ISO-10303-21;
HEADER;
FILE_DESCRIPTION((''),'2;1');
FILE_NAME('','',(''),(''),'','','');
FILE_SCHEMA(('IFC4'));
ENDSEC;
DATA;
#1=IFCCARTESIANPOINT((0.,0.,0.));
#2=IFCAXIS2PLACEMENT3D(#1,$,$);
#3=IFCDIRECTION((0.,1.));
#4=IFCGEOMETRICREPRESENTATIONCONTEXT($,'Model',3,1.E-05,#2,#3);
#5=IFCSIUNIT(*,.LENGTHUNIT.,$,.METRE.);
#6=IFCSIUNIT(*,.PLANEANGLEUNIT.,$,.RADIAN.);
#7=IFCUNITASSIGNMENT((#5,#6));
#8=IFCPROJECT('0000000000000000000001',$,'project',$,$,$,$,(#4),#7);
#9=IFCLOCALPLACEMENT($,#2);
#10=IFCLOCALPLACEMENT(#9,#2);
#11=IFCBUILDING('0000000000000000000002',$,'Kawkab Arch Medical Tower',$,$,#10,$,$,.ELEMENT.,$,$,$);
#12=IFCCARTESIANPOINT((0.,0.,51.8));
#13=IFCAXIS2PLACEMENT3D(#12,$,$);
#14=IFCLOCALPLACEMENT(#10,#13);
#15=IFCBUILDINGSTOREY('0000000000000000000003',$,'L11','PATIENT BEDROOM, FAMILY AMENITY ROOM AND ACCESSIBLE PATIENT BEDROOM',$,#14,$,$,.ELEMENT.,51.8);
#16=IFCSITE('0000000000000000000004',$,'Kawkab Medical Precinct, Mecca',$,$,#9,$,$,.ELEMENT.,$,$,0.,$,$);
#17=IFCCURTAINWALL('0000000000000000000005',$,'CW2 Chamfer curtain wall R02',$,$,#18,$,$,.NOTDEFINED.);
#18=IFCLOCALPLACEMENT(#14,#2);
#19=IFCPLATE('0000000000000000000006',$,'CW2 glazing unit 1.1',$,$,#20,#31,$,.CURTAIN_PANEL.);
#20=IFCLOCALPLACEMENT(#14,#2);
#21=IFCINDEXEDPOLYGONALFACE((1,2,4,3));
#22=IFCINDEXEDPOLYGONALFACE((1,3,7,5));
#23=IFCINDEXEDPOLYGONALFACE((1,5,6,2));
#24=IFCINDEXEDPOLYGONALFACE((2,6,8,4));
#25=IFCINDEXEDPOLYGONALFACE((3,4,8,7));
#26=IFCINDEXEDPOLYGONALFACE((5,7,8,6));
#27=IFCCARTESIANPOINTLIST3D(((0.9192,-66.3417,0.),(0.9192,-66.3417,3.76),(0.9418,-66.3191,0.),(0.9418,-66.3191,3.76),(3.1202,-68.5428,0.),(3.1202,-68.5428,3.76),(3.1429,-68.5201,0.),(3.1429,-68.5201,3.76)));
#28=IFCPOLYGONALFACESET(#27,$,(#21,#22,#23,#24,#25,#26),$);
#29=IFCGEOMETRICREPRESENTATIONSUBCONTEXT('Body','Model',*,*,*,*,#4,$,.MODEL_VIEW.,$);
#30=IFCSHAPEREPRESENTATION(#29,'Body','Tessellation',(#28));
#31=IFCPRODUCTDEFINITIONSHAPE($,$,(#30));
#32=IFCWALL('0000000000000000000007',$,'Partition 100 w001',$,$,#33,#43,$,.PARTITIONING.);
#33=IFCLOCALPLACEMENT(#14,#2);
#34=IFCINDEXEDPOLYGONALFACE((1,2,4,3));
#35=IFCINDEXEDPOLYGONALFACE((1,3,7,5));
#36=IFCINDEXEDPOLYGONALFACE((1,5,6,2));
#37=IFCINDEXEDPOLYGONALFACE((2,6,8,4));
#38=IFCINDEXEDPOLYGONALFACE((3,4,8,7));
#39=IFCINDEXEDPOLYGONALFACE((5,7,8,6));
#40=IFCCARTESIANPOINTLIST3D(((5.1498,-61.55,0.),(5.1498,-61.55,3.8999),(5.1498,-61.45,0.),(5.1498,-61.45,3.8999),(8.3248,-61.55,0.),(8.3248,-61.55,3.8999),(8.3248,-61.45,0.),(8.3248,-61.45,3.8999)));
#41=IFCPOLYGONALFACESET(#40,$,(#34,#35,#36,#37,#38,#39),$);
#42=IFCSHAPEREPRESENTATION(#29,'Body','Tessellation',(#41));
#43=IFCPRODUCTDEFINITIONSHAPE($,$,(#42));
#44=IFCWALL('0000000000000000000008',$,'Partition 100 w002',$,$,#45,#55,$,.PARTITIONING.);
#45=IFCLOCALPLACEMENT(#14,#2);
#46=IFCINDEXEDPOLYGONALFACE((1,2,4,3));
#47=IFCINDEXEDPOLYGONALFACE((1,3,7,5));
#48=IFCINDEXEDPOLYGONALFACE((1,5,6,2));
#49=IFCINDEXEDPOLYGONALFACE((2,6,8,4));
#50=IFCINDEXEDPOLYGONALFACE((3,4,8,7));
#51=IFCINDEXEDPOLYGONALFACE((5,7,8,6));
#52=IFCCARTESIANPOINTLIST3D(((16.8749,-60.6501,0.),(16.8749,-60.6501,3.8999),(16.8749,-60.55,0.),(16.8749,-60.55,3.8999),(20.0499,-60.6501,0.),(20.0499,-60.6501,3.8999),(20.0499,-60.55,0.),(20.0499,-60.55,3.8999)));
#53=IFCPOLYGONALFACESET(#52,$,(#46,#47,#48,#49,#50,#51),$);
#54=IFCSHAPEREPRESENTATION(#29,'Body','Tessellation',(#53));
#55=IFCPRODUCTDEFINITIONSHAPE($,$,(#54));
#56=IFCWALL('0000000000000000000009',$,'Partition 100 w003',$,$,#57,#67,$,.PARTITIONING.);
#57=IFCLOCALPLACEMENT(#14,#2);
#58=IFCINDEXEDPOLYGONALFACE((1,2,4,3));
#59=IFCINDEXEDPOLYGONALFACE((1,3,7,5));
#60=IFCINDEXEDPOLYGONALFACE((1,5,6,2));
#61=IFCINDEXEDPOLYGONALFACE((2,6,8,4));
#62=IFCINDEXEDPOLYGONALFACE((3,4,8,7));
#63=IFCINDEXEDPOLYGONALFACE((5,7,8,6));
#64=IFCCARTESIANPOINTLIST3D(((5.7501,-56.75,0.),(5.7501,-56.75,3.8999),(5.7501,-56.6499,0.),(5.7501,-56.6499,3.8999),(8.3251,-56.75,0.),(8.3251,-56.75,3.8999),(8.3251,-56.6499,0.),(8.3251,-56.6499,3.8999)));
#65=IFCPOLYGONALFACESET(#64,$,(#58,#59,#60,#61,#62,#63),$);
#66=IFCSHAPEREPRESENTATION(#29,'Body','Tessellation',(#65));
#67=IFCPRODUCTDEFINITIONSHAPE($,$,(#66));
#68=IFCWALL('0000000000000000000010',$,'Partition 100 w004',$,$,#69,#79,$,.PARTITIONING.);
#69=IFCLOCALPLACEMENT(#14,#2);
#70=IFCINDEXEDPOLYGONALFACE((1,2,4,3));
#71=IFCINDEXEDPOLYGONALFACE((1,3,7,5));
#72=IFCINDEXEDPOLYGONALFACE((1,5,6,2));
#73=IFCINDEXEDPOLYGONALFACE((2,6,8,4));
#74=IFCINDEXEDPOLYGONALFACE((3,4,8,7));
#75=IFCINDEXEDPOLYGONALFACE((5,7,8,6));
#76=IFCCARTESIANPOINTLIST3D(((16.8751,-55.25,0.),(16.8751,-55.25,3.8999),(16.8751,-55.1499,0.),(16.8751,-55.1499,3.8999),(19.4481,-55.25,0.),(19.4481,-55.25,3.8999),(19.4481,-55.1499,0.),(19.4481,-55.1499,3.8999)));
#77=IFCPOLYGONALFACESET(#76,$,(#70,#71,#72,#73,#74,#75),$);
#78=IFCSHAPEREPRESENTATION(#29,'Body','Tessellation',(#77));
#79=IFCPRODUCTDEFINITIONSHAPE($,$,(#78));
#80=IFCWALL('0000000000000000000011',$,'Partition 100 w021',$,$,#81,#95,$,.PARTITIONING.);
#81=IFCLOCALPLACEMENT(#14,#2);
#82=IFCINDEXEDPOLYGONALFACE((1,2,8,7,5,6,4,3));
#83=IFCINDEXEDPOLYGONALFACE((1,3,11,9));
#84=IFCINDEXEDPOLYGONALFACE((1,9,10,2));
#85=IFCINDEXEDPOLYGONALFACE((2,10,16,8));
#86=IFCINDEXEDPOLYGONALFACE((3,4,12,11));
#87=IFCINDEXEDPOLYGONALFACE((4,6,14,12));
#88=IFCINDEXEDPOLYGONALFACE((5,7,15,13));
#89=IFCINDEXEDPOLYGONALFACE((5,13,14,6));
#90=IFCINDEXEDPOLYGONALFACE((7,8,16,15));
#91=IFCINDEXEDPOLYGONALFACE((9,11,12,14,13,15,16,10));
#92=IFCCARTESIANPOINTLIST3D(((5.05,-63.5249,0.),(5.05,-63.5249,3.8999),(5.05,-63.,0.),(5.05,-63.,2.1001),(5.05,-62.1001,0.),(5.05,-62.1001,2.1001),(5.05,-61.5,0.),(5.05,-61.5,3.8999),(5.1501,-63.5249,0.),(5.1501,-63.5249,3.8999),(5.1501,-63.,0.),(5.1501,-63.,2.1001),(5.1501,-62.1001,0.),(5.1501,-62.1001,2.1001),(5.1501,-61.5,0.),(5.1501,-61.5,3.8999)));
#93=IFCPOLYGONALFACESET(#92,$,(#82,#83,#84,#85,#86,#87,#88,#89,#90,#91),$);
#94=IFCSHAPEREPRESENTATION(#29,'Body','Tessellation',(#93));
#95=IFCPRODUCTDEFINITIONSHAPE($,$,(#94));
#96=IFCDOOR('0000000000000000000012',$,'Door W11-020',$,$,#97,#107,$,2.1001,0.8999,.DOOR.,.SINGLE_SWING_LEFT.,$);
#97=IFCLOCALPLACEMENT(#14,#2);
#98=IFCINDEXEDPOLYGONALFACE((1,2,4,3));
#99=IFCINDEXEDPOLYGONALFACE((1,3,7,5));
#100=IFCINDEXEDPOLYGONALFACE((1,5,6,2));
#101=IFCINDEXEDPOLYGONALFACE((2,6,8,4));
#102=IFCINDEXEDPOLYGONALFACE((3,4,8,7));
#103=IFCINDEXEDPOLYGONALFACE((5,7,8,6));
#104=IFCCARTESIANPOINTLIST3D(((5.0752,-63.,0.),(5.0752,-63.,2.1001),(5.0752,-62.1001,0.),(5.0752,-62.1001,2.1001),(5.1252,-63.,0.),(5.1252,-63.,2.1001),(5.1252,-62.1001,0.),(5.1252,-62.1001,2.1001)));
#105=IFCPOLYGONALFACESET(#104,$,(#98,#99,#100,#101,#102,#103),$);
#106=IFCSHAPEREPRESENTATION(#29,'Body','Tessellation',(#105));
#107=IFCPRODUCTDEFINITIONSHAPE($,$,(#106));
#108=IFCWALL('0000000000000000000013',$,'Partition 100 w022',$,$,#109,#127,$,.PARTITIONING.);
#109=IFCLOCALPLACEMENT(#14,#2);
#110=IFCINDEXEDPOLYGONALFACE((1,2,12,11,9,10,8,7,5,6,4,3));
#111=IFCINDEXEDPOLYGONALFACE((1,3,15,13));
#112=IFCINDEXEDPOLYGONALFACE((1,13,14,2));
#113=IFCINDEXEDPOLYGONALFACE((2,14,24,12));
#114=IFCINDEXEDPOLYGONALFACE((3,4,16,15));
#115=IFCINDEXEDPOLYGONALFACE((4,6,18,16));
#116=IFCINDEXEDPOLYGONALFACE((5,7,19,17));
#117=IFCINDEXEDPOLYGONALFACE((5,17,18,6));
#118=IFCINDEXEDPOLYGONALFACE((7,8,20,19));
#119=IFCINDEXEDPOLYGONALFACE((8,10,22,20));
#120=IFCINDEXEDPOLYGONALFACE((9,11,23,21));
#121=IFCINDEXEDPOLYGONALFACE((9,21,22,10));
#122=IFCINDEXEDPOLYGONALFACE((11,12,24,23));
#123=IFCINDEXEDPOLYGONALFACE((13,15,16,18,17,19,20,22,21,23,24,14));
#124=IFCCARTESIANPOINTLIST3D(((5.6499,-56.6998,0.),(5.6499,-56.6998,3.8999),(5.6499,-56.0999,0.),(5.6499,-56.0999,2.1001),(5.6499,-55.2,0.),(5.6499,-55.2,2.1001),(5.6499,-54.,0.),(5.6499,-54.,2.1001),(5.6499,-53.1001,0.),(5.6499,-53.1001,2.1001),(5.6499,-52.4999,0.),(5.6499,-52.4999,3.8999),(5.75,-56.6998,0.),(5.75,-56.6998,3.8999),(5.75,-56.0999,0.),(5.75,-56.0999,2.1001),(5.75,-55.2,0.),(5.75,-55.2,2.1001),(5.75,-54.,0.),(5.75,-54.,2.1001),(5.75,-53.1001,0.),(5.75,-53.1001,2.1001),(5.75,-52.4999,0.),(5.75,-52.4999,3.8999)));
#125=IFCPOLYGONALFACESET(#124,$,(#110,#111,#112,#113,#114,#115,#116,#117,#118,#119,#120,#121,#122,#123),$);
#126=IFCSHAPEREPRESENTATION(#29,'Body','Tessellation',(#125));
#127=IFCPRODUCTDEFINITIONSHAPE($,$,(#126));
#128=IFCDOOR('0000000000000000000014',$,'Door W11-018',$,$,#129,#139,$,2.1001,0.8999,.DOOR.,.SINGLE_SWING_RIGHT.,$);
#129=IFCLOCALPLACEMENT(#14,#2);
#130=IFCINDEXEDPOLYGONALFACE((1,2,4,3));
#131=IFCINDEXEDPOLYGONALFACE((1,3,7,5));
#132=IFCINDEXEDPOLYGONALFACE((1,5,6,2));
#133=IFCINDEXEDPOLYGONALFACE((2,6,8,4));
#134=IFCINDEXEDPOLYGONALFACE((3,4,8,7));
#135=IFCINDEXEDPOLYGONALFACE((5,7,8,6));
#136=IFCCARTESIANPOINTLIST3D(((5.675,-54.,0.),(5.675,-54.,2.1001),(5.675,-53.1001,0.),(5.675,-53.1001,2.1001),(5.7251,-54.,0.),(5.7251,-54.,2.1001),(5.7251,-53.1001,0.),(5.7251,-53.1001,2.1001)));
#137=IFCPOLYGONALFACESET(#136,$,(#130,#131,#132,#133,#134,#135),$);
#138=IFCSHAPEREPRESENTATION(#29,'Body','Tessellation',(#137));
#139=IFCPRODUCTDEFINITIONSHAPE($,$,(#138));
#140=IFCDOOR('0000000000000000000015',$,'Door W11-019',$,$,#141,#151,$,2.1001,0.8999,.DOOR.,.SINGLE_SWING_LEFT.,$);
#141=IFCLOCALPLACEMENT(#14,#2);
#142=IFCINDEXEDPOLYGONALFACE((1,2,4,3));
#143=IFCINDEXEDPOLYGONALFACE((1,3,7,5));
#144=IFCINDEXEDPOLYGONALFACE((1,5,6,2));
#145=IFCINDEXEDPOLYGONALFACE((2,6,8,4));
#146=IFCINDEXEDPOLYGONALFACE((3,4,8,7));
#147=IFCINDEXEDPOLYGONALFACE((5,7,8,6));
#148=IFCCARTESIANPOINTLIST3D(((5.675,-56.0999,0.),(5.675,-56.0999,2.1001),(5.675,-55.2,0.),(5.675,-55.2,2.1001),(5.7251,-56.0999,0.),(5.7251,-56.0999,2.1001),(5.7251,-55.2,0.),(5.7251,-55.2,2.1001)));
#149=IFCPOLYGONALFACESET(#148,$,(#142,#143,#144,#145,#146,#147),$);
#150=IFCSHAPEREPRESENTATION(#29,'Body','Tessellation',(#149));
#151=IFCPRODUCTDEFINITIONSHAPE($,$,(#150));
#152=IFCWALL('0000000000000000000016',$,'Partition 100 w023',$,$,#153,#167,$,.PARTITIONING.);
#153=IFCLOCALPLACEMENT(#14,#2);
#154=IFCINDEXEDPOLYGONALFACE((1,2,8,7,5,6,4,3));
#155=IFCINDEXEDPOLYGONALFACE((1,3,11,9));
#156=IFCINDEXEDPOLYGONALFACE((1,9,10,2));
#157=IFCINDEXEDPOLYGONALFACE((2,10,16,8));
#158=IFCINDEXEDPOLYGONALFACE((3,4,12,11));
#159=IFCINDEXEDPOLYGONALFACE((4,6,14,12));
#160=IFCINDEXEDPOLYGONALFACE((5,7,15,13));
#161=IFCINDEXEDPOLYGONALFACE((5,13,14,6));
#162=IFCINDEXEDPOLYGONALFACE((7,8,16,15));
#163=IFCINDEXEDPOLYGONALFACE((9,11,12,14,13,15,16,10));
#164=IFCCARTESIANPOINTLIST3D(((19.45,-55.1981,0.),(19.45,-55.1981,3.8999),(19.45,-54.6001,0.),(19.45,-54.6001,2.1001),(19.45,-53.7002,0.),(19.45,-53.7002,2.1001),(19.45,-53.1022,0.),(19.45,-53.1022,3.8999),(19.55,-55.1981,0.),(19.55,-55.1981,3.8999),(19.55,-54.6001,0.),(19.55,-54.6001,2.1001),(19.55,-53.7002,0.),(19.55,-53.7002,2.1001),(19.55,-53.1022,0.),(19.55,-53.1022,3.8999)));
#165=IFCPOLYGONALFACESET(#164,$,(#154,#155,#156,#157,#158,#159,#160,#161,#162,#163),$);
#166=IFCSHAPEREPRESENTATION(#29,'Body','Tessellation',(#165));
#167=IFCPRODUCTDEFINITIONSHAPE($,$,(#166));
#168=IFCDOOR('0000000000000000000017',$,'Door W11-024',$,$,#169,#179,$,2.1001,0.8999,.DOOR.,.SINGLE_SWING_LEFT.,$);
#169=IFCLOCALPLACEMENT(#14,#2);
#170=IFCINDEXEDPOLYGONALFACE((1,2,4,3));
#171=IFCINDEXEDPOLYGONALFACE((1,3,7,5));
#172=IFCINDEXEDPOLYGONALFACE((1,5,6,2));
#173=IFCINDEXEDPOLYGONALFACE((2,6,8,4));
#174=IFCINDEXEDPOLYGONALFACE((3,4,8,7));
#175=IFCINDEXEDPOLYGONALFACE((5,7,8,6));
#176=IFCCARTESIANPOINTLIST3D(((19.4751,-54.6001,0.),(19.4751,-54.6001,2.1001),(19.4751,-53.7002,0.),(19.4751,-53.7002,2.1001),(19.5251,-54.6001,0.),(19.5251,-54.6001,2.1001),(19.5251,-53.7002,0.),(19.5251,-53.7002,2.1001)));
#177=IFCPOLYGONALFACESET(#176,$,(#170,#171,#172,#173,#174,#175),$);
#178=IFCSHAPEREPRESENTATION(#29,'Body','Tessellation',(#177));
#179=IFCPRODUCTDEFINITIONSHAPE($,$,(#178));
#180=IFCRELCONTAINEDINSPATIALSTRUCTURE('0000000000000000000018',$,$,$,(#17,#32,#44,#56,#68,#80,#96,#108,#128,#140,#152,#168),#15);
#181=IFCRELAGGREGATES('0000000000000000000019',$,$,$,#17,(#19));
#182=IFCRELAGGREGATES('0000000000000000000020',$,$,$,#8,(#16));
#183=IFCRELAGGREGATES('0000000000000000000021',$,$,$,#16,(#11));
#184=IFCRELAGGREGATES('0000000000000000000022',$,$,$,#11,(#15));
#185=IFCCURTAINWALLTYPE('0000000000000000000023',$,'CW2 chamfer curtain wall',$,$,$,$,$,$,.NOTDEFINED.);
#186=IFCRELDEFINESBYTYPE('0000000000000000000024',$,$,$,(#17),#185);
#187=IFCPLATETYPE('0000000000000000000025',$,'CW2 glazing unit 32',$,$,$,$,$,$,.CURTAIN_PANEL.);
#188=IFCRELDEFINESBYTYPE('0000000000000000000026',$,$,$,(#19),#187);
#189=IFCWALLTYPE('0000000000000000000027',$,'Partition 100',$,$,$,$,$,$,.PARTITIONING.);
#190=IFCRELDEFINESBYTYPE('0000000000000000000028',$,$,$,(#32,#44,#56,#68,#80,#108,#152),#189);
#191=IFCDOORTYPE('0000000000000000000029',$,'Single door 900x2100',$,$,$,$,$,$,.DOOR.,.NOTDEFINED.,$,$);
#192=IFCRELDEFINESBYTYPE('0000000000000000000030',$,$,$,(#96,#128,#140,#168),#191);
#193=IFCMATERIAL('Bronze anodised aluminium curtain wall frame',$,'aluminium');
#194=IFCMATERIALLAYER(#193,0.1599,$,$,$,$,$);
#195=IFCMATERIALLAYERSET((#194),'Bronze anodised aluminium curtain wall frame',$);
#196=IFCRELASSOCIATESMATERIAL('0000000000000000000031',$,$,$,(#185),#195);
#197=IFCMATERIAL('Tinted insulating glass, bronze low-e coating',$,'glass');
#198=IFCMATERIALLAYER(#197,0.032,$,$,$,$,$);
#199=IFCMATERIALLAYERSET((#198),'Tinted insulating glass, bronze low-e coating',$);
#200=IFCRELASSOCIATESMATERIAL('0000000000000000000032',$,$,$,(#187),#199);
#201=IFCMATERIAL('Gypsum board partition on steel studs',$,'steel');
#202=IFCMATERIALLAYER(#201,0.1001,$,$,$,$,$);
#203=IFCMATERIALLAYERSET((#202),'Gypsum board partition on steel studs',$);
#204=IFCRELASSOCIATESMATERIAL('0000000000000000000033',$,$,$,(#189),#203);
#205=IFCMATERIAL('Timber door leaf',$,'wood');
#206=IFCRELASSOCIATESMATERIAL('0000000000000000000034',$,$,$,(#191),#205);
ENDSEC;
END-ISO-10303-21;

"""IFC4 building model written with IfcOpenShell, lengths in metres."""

from ifc_helpers import new_model, si_unit, direction, frame, frame_2d, origin, origin_2d, place, context, subcontext, project, spatial, rectangle, extrude, material, layer, layer_set, type_object, element, fill, aggregate, save


model = new_model("IFC4")

# Units and contexts
model_context = context("Model", 3, precision=1e-05, world=origin(), true_north=direction((0.0, 1.0)))
body_context = subcontext(model_context, "Body", "Model", "MODEL_VIEW")
ifc_project = project(units=[si_unit("LENGTHUNIT", "METRE"), si_unit("PLANEANGLEUNIT", "RADIAN")], contexts=[model_context])

# Site, building, storey
site_placement = place(None, origin())
site = spatial("IfcSite", under=ifc_project, at=site_placement, Name="Kawkab Medical Precinct, Mecca", CompositionType="ELEMENT", RefElevation=0.0)
building_placement = place(site_placement, origin())
building = spatial("IfcBuilding", under=site, at=building_placement, Name="Kawkab Arch Medical Tower", CompositionType="ELEMENT")
storey_placement = place(building_placement, frame((0.0, 0.0, 51.8)))
storey = spatial("IfcBuildingStorey", under=building, at=storey_placement, Name="L11", Description="PATIENT BEDROOM, FAMILY AMENITY ROOM AND ACCESSIBLE PATIENT BEDROOM", CompositionType="ELEMENT", Elevation=51.8)

# Curtain wall
placement = place(storey_placement, origin())
ifc_material_1 = material(Name="Bronze anodised aluminium curtain wall frame", Category="aluminium")
ifc_layer_1 = layer(ifc_material_1, 0.1599)
ifc_layer_set_1 = layer_set([ifc_layer_1], Name="Bronze anodised aluminium curtain wall frame")
curtain_wall_type_1 = type_object("IfcCurtainWallType", Name="CW2 chamfer curtain wall", PredefinedType="NOTDEFINED", material=ifc_layer_set_1)
curtain_wall_1 = element("IfcCurtainWall", 1, at=placement, inside=storey, type_object=curtain_wall_type_1, Name="CW2 Chamfer curtain wall R02", PredefinedType="NOTDEFINED")

# Plate
ifc_material_2 = material(Name="Tinted insulating glass, bronze low-e coating", Category="glass")
ifc_layer_2 = layer(ifc_material_2, 0.032)
ifc_layer_set_2 = layer_set([ifc_layer_2], Name="Tinted insulating glass, bronze low-e coating")
plate_type_1 = type_object("IfcPlateType", Name="CW2 glazing unit 32", PredefinedType="CURTAIN_PANEL", material=ifc_layer_set_2)
plate_1_placement = place(storey_placement, frame((2.031, -67.4309, 0.0), z_axis=(0.0, 0.0, 1.0), x_axis=(0.707107, -0.707107, 0.0)))
plate_1 = element("IfcPlate", 2, at=plate_1_placement, type_object=plate_type_1, Name="CW2 glazing unit 1.1", PredefinedType="CURTAIN_PANEL", context=body_context, shape_type="SweptSolid", body=[
    extrude(rectangle(XDim=3.1128, YDim=0.032, at=origin_2d()), origin(), (0.0, 0.0, 1.0), 3.76),
])
aggregate(curtain_wall_1, [plate_1])

# Walls
ifc_material_3 = material(Name="Gypsum board partition on steel studs", Category="steel")
ifc_layer_3 = layer(ifc_material_3, 0.1001)
ifc_layer_set_3 = layer_set([ifc_layer_3], Name="Gypsum board partition on steel studs")
wall_type_1 = type_object("IfcWallType", Name="Partition 100", PredefinedType="PARTITIONING", material=ifc_layer_set_3)
for number, where, z_axis, x_axis, name in (
    (3, (5.1499, -61.5, 0.0), (0.0, 0.0, 1.0), (1.0, 0.0, 0.0), "Partition 100 w001"),
    (4, (16.875, -60.6001, 0.0), (0.0, 0.0, 1.0), (1.0, 0.0, 0.0), "Partition 100 w002"),
):
    element("IfcWall", number, at=place(storey_placement, frame(where, z_axis=z_axis, x_axis=x_axis)), inside=storey, type_object=wall_type_1, Name=name, PredefinedType="PARTITIONING", context=body_context, shape_type="SweptSolid", body=[
        extrude(rectangle(XDim=3.175, YDim=0.1001, at=frame_2d((1.5874, 0.0))), origin(), (0.0, 0.0, 1.0), 3.8999),
    ])
wall_1_placement = place(storey_placement, frame((5.75, -56.7, 0.0), z_axis=(0.0, 0.0, 1.0), x_axis=(1.0, 0.0, 0.0)))
element("IfcWall", 5, at=wall_1_placement, inside=storey, type_object=wall_type_1, Name="Partition 100 w003", PredefinedType="PARTITIONING", context=body_context, shape_type="SweptSolid", body=[
    extrude(rectangle(XDim=2.575, YDim=0.1001, at=frame_2d((1.2876, 0.0))), origin(), (0.0, 0.0, 1.0), 3.8999),
])
wall_2_placement = place(storey_placement, frame((16.875, -55.2, 0.0), z_axis=(0.0, 0.0, 1.0), x_axis=(1.0, 0.0, 0.0)))
element("IfcWall", 6, at=wall_2_placement, inside=storey, type_object=wall_type_1, Name="Partition 100 w004", PredefinedType="PARTITIONING", context=body_context, shape_type="SweptSolid", body=[
    extrude(rectangle(XDim=2.573, YDim=0.1001, at=frame_2d((1.2866, 0.0))), origin(), (0.0, 0.0, 1.0), 3.8999),
])

# Wall, opening, door
wall_3_placement = place(storey_placement, frame((5.1001, -63.5249, 0.0), z_axis=(0.0, 0.0, 1.0), x_axis=(0.0, 1.0, 0.0)))
wall_3 = element("IfcWall", 7, at=wall_3_placement, inside=storey, type_object=wall_type_1, Name="Partition 100 w021", PredefinedType="PARTITIONING", context=body_context, shape_type="SweptSolid", body=[
    extrude(rectangle(XDim=2.0249, YDim=0.1001, at=frame_2d((1.0125, 0.0))), origin(), (0.0, 0.0, 1.0), 3.8999),
])
opening_1_placement = place(wall_3_placement, frame((0.5249, 0.0, 0.0)))
opening_1 = element("IfcOpeningElement", 8, at=opening_1_placement, cuts=wall_3, PredefinedType="OPENING", context=body_context, shape_type="SweptSolid", body=[
    extrude(rectangle(XDim=0.8999, YDim=2.1001, at=frame_2d((0.45, 1.05))), frame((0.0, 0.0601, 0.0), z_axis=(0.0, -1.0, 0.0), x_axis=(1.0, 0.0, 0.0)), (0.0, 0.0, 1.0), 0.1201),
])
ifc_material_4 = material(Name="Timber door leaf", Category="wood")
door_type = type_object("IfcDoorType", Name="Single door 900x2100", OperationType="NOTDEFINED", PredefinedType="DOOR", material=ifc_material_4)
door_1_placement = place(opening_1_placement, origin())
door_1 = element("IfcDoor", 9, at=door_1_placement, inside=storey, type_object=door_type, Name="Door W11-020", OperationType="SINGLE_SWING_LEFT", OverallHeight=2.1001, OverallWidth=0.8999, PredefinedType="DOOR", context=body_context, shape_type="SweptSolid", body=[
    extrude(rectangle(XDim=0.8999, YDim=2.1001, at=frame_2d((0.45, 1.05))), frame((0.0, 0.0249, 0.0), z_axis=(0.0, -1.0, 0.0), x_axis=(1.0, 0.0, 0.0)), (0.0, 0.0, 1.0), 0.05),
])
fill(opening_1, door_1)

# Wall, openings, doors
wall_4_placement = place(storey_placement, frame((5.7, -56.7, 0.0), z_axis=(0.0, 0.0, 1.0), x_axis=(0.0, 1.0, 0.0)))
wall_4 = element("IfcWall", 10, at=wall_4_placement, inside=storey, type_object=wall_type_1, Name="Partition 100 w022", PredefinedType="PARTITIONING", context=body_context, shape_type="SweptSolid", body=[
    extrude(rectangle(XDim=4.2, YDim=0.1001, at=frame_2d((2.1001, 0.0))), origin(), (0.0, 0.0, 1.0), 3.8999),
])
opening_2_placement = place(wall_4_placement, frame((2.7, 0.0, 0.0)))
opening_2 = element("IfcOpeningElement", 11, at=opening_2_placement, cuts=wall_4, PredefinedType="OPENING", context=body_context, shape_type="SweptSolid", body=[
    extrude(rectangle(XDim=0.8999, YDim=2.1001, at=frame_2d((0.45, 1.05))), frame((0.0, 0.0601, 0.0), z_axis=(0.0, -1.0, 0.0), x_axis=(1.0, 0.0, 0.0)), (0.0, 0.0, 1.0), 0.1201),
])
opening_3_placement = place(wall_4_placement, frame((0.6001, 0.0, 0.0)))
opening_3 = element("IfcOpeningElement", 12, at=opening_3_placement, cuts=wall_4, PredefinedType="OPENING", context=body_context, shape_type="SweptSolid", body=[
    extrude(rectangle(XDim=0.8999, YDim=2.1001, at=frame_2d((0.45, 1.05))), frame((0.0, 0.0601, 0.0), z_axis=(0.0, -1.0, 0.0), x_axis=(1.0, 0.0, 0.0)), (0.0, 0.0, 1.0), 0.1201),
])
door_2_placement = place(opening_2_placement, origin())
door_2 = element("IfcDoor", 13, at=door_2_placement, inside=storey, type_object=door_type, Name="Door W11-018", OperationType="SINGLE_SWING_RIGHT", OverallHeight=2.1001, OverallWidth=0.8999, PredefinedType="DOOR", context=body_context, shape_type="SweptSolid", body=[
    extrude(rectangle(XDim=0.8999, YDim=2.1001, at=frame_2d((0.45, 1.05))), frame((0.0, 0.0249, 0.0), z_axis=(0.0, -1.0, 0.0), x_axis=(1.0, 0.0, 0.0)), (0.0, 0.0, 1.0), 0.05),
])
fill(opening_2, door_2)
door_3_placement = place(opening_3_placement, origin())
door_3 = element("IfcDoor", 14, at=door_3_placement, inside=storey, type_object=door_type, Name="Door W11-019", OperationType="SINGLE_SWING_LEFT", OverallHeight=2.1001, OverallWidth=0.8999, PredefinedType="DOOR", context=body_context, shape_type="SweptSolid", body=[
    extrude(rectangle(XDim=0.8999, YDim=2.1001, at=frame_2d((0.45, 1.05))), frame((0.0, 0.0249, 0.0), z_axis=(0.0, -1.0, 0.0), x_axis=(1.0, 0.0, 0.0)), (0.0, 0.0, 1.0), 0.05),
])
fill(opening_3, door_3)

# Wall, opening, door
wall_5_placement = place(storey_placement, frame((19.5, -55.198, 0.0), z_axis=(0.0, 0.0, 1.0), x_axis=(0.0, 1.0, 0.0)))
wall_5 = element("IfcWall", 15, at=wall_5_placement, inside=storey, type_object=wall_type_1, Name="Partition 100 w023", PredefinedType="PARTITIONING", context=body_context, shape_type="SweptSolid", body=[
    extrude(rectangle(XDim=2.0959, YDim=0.1001, at=frame_2d((1.0479, 0.0))), origin(), (0.0, 0.0, 1.0), 3.8999),
])
opening_4_placement = place(wall_5_placement, frame((0.5979, 0.0, 0.0)))
opening_4 = element("IfcOpeningElement", 16, at=opening_4_placement, cuts=wall_5, PredefinedType="OPENING", context=body_context, shape_type="SweptSolid", body=[
    extrude(rectangle(XDim=0.8999, YDim=2.1001, at=frame_2d((0.45, 1.05))), frame((0.0, 0.0601, 0.0), z_axis=(0.0, -1.0, 0.0), x_axis=(1.0, 0.0, 0.0)), (0.0, 0.0, 1.0), 0.1201),
])
door_4_placement = place(opening_4_placement, origin())
door_4 = element("IfcDoor", 17, at=door_4_placement, inside=storey, type_object=door_type, Name="Door W11-024", OperationType="SINGLE_SWING_LEFT", OverallHeight=2.1001, OverallWidth=0.8999, PredefinedType="DOOR", context=body_context, shape_type="SweptSolid", body=[
    extrude(rectangle(XDim=0.8999, YDim=2.1001, at=frame_2d((0.45, 1.05))), frame((0.0, 0.0249, 0.0), z_axis=(0.0, -1.0, 0.0), x_axis=(1.0, 0.0, 0.0)), (0.0, 0.0, 1.0), 0.05),
])
fill(opening_4, door_4)

save(model, "model.ifc")
